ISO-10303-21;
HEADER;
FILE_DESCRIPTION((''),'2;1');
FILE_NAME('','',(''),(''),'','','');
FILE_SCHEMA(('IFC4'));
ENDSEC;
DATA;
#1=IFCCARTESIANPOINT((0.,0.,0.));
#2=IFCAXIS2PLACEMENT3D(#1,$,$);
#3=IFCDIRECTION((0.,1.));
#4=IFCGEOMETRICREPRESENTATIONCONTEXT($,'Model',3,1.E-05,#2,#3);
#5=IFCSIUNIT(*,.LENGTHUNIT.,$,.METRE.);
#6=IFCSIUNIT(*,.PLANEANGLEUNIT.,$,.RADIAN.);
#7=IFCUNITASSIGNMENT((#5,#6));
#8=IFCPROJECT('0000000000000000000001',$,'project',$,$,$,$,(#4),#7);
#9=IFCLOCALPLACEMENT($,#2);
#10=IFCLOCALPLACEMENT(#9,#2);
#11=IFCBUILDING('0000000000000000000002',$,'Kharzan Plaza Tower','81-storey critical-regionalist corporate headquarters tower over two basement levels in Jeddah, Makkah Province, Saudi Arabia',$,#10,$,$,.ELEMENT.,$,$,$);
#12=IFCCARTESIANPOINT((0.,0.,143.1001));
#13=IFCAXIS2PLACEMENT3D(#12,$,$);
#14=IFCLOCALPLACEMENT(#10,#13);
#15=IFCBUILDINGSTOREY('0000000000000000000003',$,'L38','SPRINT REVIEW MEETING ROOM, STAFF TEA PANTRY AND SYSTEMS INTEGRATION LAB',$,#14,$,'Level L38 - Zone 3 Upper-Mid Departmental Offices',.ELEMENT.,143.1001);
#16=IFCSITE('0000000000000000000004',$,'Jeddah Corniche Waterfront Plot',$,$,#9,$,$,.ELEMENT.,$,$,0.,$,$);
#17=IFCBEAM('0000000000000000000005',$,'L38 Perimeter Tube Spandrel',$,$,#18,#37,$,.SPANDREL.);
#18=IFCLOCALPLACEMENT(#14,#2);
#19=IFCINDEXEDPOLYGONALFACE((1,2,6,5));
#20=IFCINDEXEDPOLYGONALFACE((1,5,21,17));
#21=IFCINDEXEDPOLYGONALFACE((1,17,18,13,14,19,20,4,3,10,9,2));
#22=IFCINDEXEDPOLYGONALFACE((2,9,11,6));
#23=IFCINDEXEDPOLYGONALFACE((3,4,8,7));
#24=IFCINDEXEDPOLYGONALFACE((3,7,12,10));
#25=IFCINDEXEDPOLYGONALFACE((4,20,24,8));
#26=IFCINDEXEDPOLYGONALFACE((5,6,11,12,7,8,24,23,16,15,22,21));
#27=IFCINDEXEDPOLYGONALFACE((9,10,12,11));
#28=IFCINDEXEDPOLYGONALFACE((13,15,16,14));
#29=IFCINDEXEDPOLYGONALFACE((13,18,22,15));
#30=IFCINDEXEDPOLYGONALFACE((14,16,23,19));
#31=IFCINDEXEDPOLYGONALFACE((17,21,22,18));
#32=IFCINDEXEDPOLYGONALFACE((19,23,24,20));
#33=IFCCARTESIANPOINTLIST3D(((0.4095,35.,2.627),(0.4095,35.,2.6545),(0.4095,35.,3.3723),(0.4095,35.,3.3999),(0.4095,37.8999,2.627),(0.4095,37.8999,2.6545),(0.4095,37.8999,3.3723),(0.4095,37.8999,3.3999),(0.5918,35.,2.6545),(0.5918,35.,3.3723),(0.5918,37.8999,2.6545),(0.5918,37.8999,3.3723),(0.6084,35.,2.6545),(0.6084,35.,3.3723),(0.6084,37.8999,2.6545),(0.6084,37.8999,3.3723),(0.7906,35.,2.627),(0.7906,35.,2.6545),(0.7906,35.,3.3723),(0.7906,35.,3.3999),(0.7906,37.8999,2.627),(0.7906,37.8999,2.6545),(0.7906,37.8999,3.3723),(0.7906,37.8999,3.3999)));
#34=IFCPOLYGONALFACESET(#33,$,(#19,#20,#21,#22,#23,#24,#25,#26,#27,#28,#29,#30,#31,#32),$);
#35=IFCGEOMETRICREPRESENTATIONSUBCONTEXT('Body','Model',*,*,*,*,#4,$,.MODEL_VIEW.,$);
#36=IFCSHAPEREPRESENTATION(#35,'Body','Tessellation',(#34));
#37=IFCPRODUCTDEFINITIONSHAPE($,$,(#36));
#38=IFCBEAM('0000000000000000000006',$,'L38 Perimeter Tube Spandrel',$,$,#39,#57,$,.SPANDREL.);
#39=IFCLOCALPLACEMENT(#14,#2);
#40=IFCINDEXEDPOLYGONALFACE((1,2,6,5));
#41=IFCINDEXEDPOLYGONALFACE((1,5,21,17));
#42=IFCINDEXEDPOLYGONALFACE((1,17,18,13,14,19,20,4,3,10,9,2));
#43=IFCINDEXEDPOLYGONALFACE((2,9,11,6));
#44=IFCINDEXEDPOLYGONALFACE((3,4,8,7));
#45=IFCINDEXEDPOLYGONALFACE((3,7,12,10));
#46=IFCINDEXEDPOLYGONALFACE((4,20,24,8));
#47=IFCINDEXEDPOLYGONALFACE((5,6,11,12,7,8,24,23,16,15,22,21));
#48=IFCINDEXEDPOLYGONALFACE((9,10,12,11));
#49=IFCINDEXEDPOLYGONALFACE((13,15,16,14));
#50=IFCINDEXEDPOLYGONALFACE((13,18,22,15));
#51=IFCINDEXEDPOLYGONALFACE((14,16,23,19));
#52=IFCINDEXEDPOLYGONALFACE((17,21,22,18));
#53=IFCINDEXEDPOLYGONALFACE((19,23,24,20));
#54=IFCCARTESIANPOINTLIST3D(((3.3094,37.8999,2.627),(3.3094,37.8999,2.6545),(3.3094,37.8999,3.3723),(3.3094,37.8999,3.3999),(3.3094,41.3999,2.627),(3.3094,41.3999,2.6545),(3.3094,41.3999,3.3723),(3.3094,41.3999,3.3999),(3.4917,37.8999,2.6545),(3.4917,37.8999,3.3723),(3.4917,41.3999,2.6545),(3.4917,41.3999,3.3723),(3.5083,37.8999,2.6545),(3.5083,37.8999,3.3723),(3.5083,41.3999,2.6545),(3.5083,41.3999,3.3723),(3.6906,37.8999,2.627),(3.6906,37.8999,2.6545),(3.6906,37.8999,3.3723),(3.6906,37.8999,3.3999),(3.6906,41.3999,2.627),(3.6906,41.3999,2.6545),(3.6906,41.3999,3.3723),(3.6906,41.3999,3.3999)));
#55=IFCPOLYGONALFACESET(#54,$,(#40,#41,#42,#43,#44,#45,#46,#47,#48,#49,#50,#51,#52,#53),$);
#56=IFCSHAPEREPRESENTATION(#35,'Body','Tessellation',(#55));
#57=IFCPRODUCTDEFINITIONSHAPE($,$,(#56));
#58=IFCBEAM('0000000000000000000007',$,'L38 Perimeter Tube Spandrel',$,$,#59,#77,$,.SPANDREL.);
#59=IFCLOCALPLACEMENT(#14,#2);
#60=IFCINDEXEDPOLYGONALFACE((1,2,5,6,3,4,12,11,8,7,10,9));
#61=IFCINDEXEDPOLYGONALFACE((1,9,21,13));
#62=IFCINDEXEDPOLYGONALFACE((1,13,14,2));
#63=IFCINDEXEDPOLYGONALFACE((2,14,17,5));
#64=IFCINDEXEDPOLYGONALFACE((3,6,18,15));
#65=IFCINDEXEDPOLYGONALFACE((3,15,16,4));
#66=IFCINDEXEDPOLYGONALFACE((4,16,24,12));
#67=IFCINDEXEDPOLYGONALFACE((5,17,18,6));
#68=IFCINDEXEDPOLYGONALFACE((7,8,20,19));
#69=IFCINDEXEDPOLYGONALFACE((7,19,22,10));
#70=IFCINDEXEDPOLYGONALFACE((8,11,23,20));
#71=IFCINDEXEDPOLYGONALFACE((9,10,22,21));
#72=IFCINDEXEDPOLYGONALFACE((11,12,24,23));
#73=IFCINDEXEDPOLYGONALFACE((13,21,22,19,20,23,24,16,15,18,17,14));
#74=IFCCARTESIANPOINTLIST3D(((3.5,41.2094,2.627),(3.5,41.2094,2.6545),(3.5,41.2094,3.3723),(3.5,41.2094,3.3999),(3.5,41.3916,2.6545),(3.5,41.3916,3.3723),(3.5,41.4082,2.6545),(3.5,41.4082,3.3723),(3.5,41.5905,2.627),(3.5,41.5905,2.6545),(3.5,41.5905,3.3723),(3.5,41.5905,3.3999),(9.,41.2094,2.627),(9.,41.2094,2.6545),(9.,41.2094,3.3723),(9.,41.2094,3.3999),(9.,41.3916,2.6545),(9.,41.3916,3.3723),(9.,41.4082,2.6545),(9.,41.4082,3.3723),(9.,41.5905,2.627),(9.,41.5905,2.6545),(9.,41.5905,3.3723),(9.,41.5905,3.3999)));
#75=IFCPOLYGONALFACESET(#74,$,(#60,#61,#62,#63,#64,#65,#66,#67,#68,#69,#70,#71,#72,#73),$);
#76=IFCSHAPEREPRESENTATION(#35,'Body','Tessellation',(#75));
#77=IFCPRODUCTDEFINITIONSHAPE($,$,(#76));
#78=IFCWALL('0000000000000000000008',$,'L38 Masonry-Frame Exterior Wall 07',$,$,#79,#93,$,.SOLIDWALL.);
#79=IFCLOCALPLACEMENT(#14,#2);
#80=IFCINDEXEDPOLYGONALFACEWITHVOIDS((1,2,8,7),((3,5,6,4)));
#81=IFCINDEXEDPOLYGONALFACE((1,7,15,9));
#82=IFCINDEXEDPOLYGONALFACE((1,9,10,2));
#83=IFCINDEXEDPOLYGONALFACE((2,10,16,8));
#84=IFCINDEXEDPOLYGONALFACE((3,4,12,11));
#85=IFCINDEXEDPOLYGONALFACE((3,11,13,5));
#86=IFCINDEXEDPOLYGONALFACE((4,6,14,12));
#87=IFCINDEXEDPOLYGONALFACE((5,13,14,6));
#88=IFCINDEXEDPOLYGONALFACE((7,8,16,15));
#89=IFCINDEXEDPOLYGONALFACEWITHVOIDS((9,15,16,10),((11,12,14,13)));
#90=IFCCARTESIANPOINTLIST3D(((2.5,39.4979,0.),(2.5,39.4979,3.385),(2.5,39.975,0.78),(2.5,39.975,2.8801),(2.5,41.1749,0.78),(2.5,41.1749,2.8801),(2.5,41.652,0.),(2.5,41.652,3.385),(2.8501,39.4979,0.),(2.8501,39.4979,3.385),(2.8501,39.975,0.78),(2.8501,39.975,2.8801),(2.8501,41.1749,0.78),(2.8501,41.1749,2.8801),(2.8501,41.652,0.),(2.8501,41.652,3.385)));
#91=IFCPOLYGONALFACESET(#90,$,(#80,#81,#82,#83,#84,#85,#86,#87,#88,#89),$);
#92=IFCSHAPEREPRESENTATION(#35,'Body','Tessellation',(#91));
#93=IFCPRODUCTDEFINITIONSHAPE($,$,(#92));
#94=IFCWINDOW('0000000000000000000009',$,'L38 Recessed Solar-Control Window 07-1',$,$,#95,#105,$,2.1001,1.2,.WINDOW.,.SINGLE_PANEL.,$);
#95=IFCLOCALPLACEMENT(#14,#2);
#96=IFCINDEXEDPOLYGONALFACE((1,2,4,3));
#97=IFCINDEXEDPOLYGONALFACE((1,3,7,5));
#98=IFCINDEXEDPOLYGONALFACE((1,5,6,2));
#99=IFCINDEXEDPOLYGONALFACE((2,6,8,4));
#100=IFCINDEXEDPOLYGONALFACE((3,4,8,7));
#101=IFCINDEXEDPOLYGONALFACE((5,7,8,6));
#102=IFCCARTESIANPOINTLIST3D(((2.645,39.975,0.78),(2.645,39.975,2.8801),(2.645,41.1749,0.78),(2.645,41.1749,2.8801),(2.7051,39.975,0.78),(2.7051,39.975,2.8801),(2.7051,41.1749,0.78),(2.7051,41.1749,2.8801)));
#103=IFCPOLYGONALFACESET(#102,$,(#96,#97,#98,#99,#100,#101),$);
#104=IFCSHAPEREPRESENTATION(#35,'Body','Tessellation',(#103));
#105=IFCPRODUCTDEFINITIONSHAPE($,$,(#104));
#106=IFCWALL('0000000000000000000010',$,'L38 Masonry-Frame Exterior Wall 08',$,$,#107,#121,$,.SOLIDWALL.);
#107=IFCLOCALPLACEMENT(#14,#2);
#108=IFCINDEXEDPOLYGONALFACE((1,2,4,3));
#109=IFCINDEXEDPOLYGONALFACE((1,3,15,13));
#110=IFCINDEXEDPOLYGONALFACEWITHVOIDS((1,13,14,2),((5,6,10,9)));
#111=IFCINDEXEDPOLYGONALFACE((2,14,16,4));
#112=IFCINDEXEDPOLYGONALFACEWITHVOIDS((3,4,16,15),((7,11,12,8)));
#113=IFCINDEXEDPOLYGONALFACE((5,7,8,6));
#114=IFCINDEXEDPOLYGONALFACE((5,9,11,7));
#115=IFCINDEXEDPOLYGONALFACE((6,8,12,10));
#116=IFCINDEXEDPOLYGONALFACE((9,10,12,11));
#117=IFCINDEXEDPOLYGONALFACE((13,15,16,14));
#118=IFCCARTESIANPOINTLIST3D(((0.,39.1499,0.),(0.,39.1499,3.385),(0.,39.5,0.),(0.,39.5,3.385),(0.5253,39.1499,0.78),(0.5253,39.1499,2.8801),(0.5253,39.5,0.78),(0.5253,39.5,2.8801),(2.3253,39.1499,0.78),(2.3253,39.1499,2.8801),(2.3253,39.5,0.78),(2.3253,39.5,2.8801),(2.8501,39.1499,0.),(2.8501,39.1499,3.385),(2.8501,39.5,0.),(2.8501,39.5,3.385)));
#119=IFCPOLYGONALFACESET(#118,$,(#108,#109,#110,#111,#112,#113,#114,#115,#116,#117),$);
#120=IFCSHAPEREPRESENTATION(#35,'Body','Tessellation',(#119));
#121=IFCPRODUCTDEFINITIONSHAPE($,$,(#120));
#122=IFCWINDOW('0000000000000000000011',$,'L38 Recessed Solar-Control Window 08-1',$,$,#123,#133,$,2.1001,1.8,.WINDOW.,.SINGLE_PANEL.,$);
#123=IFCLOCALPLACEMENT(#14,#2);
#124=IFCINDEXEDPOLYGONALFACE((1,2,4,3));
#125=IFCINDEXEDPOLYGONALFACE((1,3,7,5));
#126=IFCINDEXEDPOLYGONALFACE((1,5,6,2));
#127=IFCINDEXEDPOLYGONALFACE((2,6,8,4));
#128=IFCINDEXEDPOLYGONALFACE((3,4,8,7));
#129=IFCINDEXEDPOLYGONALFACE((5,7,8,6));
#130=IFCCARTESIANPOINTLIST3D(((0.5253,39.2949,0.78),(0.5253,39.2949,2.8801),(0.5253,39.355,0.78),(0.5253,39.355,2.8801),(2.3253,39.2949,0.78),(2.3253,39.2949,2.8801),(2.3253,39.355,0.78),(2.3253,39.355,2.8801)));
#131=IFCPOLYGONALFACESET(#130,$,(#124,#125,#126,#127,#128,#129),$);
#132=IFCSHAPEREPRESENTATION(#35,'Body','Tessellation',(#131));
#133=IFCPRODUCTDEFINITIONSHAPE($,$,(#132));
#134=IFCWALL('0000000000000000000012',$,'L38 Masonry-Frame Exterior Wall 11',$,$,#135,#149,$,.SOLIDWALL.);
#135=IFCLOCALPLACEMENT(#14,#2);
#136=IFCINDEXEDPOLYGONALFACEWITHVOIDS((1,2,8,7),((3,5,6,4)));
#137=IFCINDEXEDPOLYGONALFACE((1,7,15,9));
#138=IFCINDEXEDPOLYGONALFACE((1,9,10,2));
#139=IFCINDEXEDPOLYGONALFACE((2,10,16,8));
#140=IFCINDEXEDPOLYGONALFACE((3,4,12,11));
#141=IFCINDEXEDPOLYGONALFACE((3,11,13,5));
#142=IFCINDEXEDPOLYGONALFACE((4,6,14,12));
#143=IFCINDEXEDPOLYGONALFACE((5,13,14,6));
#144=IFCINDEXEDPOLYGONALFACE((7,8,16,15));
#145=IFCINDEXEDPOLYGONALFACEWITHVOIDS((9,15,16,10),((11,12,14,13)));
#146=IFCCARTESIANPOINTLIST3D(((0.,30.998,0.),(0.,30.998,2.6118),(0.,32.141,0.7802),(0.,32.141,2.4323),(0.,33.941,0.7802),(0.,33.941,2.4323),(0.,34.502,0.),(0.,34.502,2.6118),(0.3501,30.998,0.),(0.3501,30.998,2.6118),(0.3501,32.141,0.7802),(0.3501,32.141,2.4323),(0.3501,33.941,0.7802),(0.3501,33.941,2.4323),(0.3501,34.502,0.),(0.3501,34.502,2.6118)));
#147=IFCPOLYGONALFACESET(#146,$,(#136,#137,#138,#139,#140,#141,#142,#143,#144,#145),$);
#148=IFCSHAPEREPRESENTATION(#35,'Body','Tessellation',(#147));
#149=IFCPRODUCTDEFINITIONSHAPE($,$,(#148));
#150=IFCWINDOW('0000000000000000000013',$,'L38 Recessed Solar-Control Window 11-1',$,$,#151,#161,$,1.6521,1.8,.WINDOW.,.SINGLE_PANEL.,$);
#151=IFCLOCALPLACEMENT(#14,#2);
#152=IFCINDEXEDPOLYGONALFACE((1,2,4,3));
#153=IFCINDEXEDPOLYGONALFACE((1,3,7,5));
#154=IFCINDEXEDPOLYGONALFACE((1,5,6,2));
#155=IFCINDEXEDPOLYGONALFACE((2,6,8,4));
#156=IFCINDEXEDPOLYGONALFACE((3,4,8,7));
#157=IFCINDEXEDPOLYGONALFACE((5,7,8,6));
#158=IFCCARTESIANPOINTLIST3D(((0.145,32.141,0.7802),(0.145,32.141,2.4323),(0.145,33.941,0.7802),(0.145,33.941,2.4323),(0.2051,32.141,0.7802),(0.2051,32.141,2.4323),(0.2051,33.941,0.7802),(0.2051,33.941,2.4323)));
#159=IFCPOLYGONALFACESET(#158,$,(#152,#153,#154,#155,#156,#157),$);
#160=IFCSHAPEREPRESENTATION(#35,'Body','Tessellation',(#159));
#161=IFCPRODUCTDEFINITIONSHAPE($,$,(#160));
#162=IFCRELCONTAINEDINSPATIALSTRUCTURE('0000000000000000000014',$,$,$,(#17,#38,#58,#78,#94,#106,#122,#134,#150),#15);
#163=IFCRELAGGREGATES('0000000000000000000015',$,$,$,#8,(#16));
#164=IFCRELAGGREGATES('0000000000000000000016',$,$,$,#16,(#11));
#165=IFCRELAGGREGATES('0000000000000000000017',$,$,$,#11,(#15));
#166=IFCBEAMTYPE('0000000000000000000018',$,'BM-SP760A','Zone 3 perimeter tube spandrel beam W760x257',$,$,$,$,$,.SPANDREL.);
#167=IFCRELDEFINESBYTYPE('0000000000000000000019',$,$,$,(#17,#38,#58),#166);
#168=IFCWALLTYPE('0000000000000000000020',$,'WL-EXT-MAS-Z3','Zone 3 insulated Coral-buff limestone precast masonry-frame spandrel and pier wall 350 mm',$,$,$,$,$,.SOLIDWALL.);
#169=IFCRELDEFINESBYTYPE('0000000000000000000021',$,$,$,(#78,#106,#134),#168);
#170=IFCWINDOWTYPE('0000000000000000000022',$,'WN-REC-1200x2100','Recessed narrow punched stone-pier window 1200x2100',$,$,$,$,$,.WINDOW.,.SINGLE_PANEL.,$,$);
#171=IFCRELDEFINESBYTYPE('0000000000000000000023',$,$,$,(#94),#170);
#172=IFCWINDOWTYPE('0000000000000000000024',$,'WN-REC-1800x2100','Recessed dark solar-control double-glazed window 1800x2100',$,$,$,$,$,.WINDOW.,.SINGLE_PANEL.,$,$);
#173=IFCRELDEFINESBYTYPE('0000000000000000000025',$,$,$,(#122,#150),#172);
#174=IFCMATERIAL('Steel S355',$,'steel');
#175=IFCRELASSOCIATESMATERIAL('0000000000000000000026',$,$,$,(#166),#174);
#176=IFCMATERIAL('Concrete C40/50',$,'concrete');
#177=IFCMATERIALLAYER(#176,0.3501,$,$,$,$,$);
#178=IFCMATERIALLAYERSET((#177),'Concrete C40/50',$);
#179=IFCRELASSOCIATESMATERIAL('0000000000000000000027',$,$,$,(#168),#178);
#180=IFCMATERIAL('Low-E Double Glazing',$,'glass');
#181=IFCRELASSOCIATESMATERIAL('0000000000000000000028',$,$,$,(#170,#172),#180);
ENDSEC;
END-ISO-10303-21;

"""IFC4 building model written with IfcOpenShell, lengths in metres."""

from ifc_helpers import new_model, si_unit, direction, frame, frame_2d, origin, origin_2d, place, context, subcontext, project, spatial, rectangle, i_section, extrude, source, transform, mapped, material, layer, layer_set, material_profile, profile_set, type_object, element, fill, save


model = new_model("IFC4")

# Units and contexts
model_context = context("Model", 3, precision=1e-05, world=origin(), true_north=direction((0.0, 1.0)))
body_context = subcontext(model_context, "Body", "Model", "MODEL_VIEW")
ifc_project = project(units=[si_unit("LENGTHUNIT", "METRE"), si_unit("PLANEANGLEUNIT", "RADIAN")], contexts=[model_context])

# Site, building, storey
site_placement = place(None, origin())
site = spatial("IfcSite", under=ifc_project, at=site_placement, Name="Jeddah Corniche Waterfront Plot", CompositionType="ELEMENT", RefElevation=0.0)
building_placement = place(site_placement, origin())
building = spatial("IfcBuilding", under=site, at=building_placement, Name="Kharzan Plaza Tower", Description="81-storey critical-regionalist corporate headquarters tower over two basement levels in Jeddah, Makkah Province, Saudi Arabia", CompositionType="ELEMENT")
storey_placement = place(building_placement, frame((0.0, 0.0, 143.1001)))
storey = spatial("IfcBuildingStorey", under=building, at=storey_placement, Name="L38", Description="SPRINT REVIEW MEETING ROOM, STAFF TEA PANTRY AND SYSTEMS INTEGRATION LAB", LongName="Level L38 - Zone 3 Upper-Mid Departmental Offices", CompositionType="ELEMENT", Elevation=143.1001)

# Beams
ifc_material_1 = material(Name="Steel S355", Category="steel")
ifc_material_profile_1 = material_profile(ifc_material_1, i_section(OverallWidth=0.3811, OverallDepth=0.7729, WebThickness=0.0166, FlangeThickness=0.0276, at=origin_2d()), Name="W760x257")
ifc_profile_set_1 = profile_set([ifc_material_profile_1], Name="Steel S355")
beam_type_1 = type_object("IfcBeamType", Name="BM-SP760A", Description="Zone 3 perimeter tube spandrel beam W760x257", PredefinedType="SPANDREL", material=ifc_profile_set_1)
shared_shape_1 = source(origin(), body_context, "Body", "SweptSolid", [
    extrude(i_section(OverallWidth=0.3811, OverallDepth=0.7729, WebThickness=0.0166, FlangeThickness=0.0276, at=origin_2d()), origin(), (0.0, 0.0, 1.0), 2.8999),
])
beam_1_placement = place(storey_placement, frame((0.6001, 35.0, 3.0134), z_axis=(0.0, 1.0, 0.0), x_axis=(-1.0, 0.0, 0.0)))
element("IfcBeam", 1, at=beam_1_placement, inside=storey, type_object=beam_type_1, Name="L38 Perimeter Tube Spandrel", PredefinedType="SPANDREL", context=body_context, shape_type="MappedRepresentation", body=[
    mapped(shared_shape_1, transform((0.0, 0.0, 0.0), x_axis=(1.0, 0.0, 0.0), y_axis=(0.0, 1.0, 0.0), z_axis=(0.0, 0.0, 1.0))),
])
shared_shape_2 = source(origin(), body_context, "Body", "SweptSolid", [
    extrude(i_section(OverallWidth=0.3811, OverallDepth=0.7729, WebThickness=0.0166, FlangeThickness=0.0276, at=origin_2d()), origin(), (0.0, 0.0, 1.0), 3.5),
])
beam_2_placement = place(storey_placement, frame((3.5, 37.8999, 3.0134), z_axis=(0.0, 1.0, 0.0), x_axis=(-1.0, 0.0, 0.0)))
element("IfcBeam", 2, at=beam_2_placement, inside=storey, type_object=beam_type_1, Name="L38 Perimeter Tube Spandrel", PredefinedType="SPANDREL", context=body_context, shape_type="MappedRepresentation", body=[
    mapped(shared_shape_2, transform((0.0, 0.0, 0.0), x_axis=(1.0, 0.0, 0.0), y_axis=(0.0, 1.0, 0.0), z_axis=(0.0, 0.0, 1.0))),
])
shared_shape_3 = source(origin(), body_context, "Body", "SweptSolid", [
    extrude(i_section(OverallWidth=0.3811, OverallDepth=0.7729, WebThickness=0.0166, FlangeThickness=0.0276, at=origin_2d()), origin(), (0.0, 0.0, 1.0), 5.5),
])
beam_3_placement = place(storey_placement, frame((3.5, 41.3999, 3.0134), z_axis=(1.0, 0.0, 0.0), x_axis=(0.0, 1.0, 0.0)))
element("IfcBeam", 3, at=beam_3_placement, inside=storey, type_object=beam_type_1, Name="L38 Perimeter Tube Spandrel", PredefinedType="SPANDREL", context=body_context, shape_type="MappedRepresentation", body=[
    mapped(shared_shape_3, transform((0.0, 0.0, 0.0), x_axis=(1.0, 0.0, 0.0), y_axis=(0.0, 1.0, 0.0), z_axis=(0.0, 0.0, 1.0))),
])

# Walls, openings, windows
ifc_material_2 = material(Name="Concrete C40/50", Category="concrete")
ifc_layer_1 = layer(ifc_material_2, 0.3501)
ifc_layer_set_1 = layer_set([ifc_layer_1], Name="Concrete C40/50")
wall_type_1 = type_object("IfcWallType", Name="WL-EXT-MAS-Z3", Description="Zone 3 insulated Coral-buff limestone precast masonry-frame spandrel and pier wall 350 mm", PredefinedType="SOLIDWALL", material=ifc_layer_set_1)
wall_1_placement = place(storey_placement, frame((2.675, 41.6521, 0.0), z_axis=(0.0, 0.0, 1.0), x_axis=(0.0, -1.0, 0.0)))
wall_1 = element("IfcWall", 4, at=wall_1_placement, inside=storey, type_object=wall_type_1, Name="L38 Masonry-Frame Exterior Wall 07", PredefinedType="SOLIDWALL", context=body_context, shape_type="SweptSolid", body=[
    extrude(rectangle(XDim=2.1541, YDim=0.3501, at=frame_2d((1.0771, 0.0))), origin(), (0.0, 0.0, 1.0), 3.385),
])
opening_1_placement = place(wall_1_placement, frame((0.4771, 0.0, 0.78)))
opening_1 = element("IfcOpeningElement", 5, at=opening_1_placement, cuts=wall_1, PredefinedType="OPENING", context=body_context, shape_type="SweptSolid", body=[
    extrude(rectangle(XDim=1.2, YDim=2.1001, at=frame_2d((0.6001, 1.05))), frame((0.0, 0.1851, 0.0), z_axis=(0.0, -1.0, 0.0), x_axis=(1.0, 0.0, 0.0)), (0.0, 0.0, 1.0), 0.3701),
])
ifc_material_3 = material(Name="Low-E Double Glazing", Category="glass")
window_type_1 = type_object("IfcWindowType", Name="WN-REC-1200x2100", Description="Recessed narrow punched stone-pier window 1200x2100", PartitioningType="SINGLE_PANEL", PredefinedType="WINDOW", material=ifc_material_3)
shared_shape_4 = source(origin(), body_context, "Body", "SweptSolid", [
    extrude(rectangle(XDim=1.2, YDim=2.1001, at=frame_2d((0.6001, 1.05))), frame((0.0, 0.03, 0.0), z_axis=(0.0, -1.0, 0.0), x_axis=(1.0, 0.0, 0.0)), (0.0, 0.0, 1.0), 0.0601),
])
window_1_placement = place(opening_1_placement, origin())
window_1 = element("IfcWindow", 6, at=window_1_placement, inside=storey, type_object=window_type_1, Name="L38 Recessed Solar-Control Window 07-1", OverallHeight=2.1001, OverallWidth=1.2, PartitioningType="SINGLE_PANEL", PredefinedType="WINDOW", context=body_context, shape_type="MappedRepresentation", body=[
    mapped(shared_shape_4, transform((0.0, 0.0, 0.0), x_axis=(1.0, 0.0, 0.0), y_axis=(0.0, 1.0, 0.0), z_axis=(0.0, 0.0, 1.0))),
])
fill(opening_1, window_1)
wall_2_placement = place(storey_placement, frame((2.8501, 39.325, 0.0), z_axis=(0.0, 0.0, 1.0), x_axis=(-1.0, 0.0, 0.0)))
wall_2 = element("IfcWall", 7, at=wall_2_placement, inside=storey, type_object=wall_type_1, Name="L38 Masonry-Frame Exterior Wall 08", PredefinedType="SOLIDWALL", context=body_context, shape_type="SweptSolid", body=[
    extrude(rectangle(XDim=2.8501, YDim=0.3501, at=frame_2d((1.425, 0.0))), origin(), (0.0, 0.0, 1.0), 3.385),
])
opening_2_placement = place(wall_2_placement, frame((0.5249, 0.0, 0.78)))
opening_2 = element("IfcOpeningElement", 8, at=opening_2_placement, cuts=wall_2, PredefinedType="OPENING", context=body_context, shape_type="SweptSolid", body=[
    extrude(rectangle(XDim=1.8, YDim=2.1001, at=frame_2d((0.8999, 1.05))), frame((0.0, 0.1851, 0.0), z_axis=(0.0, -1.0, 0.0), x_axis=(1.0, 0.0, 0.0)), (0.0, 0.0, 1.0), 0.3701),
])
window_type_2 = type_object("IfcWindowType", Name="WN-REC-1800x2100", Description="Recessed dark solar-control double-glazed window 1800x2100", PartitioningType="SINGLE_PANEL", PredefinedType="WINDOW", material=ifc_material_3)
shared_shape_5 = source(origin(), body_context, "Body", "SweptSolid", [
    extrude(rectangle(XDim=1.8, YDim=2.1001, at=frame_2d((0.8999, 1.05))), frame((0.0, 0.03, 0.0), z_axis=(0.0, -1.0, 0.0), x_axis=(1.0, 0.0, 0.0)), (0.0, 0.0, 1.0), 0.0601),
])
window_2_placement = place(opening_2_placement, origin())
window_2 = element("IfcWindow", 9, at=window_2_placement, inside=storey, type_object=window_type_2, Name="L38 Recessed Solar-Control Window 08-1", OverallHeight=2.1001, OverallWidth=1.8, PartitioningType="SINGLE_PANEL", PredefinedType="WINDOW", context=body_context, shape_type="MappedRepresentation", body=[
    mapped(shared_shape_5, transform((0.0, 0.0, 0.0), x_axis=(1.0, 0.0, 0.0), y_axis=(0.0, 1.0, 0.0), z_axis=(0.0, 0.0, 1.0))),
])
fill(opening_2, window_2)
wall_3_placement = place(storey_placement, frame((0.175, 34.502, 0.0), z_axis=(0.0, 0.0, 1.0), x_axis=(0.0, -1.0, 0.0)))
wall_3 = element("IfcWall", 10, at=wall_3_placement, inside=storey, type_object=wall_type_1, Name="L38 Masonry-Frame Exterior Wall 11", PredefinedType="SOLIDWALL", context=body_context, shape_type="SweptSolid", body=[
    extrude(rectangle(XDim=3.5039, YDim=0.3501, at=frame_2d((1.752, 0.0))), origin(), (0.0, 0.0, 1.0), 2.6118),
])
opening_3_placement = place(wall_3_placement, frame((0.561, 0.0, 0.78)))
opening_3 = element("IfcOpeningElement", 11, at=opening_3_placement, cuts=wall_3, PredefinedType="OPENING", context=body_context, shape_type="SweptSolid", body=[
    extrude(rectangle(XDim=1.8, YDim=1.6521, at=frame_2d((0.8999, 0.8262))), frame((0.0, 0.1851, 0.0), z_axis=(0.0, -1.0, 0.0), x_axis=(1.0, 0.0, 0.0)), (0.0, 0.0, 1.0), 0.3701),
])
shared_shape_6 = source(origin(), body_context, "Body", "SweptSolid", [
    extrude(rectangle(XDim=1.8, YDim=1.6521, at=frame_2d((0.8999, 0.8262))), frame((0.0, 0.03, 0.0), z_axis=(0.0, -1.0, 0.0), x_axis=(1.0, 0.0, 0.0)), (0.0, 0.0, 1.0), 0.0601),
])
window_3_placement = place(opening_3_placement, origin())
window_3 = element("IfcWindow", 12, at=window_3_placement, inside=storey, type_object=window_type_2, Name="L38 Recessed Solar-Control Window 11-1", OverallHeight=1.6521, OverallWidth=1.8, PartitioningType="SINGLE_PANEL", PredefinedType="WINDOW", context=body_context, shape_type="MappedRepresentation", body=[
    mapped(shared_shape_6, transform((0.0, 0.0, 0.0), x_axis=(1.0, 0.0, 0.0), y_axis=(0.0, 1.0, 0.0), z_axis=(0.0, 0.0, 1.0))),
])
fill(opening_3, window_3)

save(model, "model.ifc")
